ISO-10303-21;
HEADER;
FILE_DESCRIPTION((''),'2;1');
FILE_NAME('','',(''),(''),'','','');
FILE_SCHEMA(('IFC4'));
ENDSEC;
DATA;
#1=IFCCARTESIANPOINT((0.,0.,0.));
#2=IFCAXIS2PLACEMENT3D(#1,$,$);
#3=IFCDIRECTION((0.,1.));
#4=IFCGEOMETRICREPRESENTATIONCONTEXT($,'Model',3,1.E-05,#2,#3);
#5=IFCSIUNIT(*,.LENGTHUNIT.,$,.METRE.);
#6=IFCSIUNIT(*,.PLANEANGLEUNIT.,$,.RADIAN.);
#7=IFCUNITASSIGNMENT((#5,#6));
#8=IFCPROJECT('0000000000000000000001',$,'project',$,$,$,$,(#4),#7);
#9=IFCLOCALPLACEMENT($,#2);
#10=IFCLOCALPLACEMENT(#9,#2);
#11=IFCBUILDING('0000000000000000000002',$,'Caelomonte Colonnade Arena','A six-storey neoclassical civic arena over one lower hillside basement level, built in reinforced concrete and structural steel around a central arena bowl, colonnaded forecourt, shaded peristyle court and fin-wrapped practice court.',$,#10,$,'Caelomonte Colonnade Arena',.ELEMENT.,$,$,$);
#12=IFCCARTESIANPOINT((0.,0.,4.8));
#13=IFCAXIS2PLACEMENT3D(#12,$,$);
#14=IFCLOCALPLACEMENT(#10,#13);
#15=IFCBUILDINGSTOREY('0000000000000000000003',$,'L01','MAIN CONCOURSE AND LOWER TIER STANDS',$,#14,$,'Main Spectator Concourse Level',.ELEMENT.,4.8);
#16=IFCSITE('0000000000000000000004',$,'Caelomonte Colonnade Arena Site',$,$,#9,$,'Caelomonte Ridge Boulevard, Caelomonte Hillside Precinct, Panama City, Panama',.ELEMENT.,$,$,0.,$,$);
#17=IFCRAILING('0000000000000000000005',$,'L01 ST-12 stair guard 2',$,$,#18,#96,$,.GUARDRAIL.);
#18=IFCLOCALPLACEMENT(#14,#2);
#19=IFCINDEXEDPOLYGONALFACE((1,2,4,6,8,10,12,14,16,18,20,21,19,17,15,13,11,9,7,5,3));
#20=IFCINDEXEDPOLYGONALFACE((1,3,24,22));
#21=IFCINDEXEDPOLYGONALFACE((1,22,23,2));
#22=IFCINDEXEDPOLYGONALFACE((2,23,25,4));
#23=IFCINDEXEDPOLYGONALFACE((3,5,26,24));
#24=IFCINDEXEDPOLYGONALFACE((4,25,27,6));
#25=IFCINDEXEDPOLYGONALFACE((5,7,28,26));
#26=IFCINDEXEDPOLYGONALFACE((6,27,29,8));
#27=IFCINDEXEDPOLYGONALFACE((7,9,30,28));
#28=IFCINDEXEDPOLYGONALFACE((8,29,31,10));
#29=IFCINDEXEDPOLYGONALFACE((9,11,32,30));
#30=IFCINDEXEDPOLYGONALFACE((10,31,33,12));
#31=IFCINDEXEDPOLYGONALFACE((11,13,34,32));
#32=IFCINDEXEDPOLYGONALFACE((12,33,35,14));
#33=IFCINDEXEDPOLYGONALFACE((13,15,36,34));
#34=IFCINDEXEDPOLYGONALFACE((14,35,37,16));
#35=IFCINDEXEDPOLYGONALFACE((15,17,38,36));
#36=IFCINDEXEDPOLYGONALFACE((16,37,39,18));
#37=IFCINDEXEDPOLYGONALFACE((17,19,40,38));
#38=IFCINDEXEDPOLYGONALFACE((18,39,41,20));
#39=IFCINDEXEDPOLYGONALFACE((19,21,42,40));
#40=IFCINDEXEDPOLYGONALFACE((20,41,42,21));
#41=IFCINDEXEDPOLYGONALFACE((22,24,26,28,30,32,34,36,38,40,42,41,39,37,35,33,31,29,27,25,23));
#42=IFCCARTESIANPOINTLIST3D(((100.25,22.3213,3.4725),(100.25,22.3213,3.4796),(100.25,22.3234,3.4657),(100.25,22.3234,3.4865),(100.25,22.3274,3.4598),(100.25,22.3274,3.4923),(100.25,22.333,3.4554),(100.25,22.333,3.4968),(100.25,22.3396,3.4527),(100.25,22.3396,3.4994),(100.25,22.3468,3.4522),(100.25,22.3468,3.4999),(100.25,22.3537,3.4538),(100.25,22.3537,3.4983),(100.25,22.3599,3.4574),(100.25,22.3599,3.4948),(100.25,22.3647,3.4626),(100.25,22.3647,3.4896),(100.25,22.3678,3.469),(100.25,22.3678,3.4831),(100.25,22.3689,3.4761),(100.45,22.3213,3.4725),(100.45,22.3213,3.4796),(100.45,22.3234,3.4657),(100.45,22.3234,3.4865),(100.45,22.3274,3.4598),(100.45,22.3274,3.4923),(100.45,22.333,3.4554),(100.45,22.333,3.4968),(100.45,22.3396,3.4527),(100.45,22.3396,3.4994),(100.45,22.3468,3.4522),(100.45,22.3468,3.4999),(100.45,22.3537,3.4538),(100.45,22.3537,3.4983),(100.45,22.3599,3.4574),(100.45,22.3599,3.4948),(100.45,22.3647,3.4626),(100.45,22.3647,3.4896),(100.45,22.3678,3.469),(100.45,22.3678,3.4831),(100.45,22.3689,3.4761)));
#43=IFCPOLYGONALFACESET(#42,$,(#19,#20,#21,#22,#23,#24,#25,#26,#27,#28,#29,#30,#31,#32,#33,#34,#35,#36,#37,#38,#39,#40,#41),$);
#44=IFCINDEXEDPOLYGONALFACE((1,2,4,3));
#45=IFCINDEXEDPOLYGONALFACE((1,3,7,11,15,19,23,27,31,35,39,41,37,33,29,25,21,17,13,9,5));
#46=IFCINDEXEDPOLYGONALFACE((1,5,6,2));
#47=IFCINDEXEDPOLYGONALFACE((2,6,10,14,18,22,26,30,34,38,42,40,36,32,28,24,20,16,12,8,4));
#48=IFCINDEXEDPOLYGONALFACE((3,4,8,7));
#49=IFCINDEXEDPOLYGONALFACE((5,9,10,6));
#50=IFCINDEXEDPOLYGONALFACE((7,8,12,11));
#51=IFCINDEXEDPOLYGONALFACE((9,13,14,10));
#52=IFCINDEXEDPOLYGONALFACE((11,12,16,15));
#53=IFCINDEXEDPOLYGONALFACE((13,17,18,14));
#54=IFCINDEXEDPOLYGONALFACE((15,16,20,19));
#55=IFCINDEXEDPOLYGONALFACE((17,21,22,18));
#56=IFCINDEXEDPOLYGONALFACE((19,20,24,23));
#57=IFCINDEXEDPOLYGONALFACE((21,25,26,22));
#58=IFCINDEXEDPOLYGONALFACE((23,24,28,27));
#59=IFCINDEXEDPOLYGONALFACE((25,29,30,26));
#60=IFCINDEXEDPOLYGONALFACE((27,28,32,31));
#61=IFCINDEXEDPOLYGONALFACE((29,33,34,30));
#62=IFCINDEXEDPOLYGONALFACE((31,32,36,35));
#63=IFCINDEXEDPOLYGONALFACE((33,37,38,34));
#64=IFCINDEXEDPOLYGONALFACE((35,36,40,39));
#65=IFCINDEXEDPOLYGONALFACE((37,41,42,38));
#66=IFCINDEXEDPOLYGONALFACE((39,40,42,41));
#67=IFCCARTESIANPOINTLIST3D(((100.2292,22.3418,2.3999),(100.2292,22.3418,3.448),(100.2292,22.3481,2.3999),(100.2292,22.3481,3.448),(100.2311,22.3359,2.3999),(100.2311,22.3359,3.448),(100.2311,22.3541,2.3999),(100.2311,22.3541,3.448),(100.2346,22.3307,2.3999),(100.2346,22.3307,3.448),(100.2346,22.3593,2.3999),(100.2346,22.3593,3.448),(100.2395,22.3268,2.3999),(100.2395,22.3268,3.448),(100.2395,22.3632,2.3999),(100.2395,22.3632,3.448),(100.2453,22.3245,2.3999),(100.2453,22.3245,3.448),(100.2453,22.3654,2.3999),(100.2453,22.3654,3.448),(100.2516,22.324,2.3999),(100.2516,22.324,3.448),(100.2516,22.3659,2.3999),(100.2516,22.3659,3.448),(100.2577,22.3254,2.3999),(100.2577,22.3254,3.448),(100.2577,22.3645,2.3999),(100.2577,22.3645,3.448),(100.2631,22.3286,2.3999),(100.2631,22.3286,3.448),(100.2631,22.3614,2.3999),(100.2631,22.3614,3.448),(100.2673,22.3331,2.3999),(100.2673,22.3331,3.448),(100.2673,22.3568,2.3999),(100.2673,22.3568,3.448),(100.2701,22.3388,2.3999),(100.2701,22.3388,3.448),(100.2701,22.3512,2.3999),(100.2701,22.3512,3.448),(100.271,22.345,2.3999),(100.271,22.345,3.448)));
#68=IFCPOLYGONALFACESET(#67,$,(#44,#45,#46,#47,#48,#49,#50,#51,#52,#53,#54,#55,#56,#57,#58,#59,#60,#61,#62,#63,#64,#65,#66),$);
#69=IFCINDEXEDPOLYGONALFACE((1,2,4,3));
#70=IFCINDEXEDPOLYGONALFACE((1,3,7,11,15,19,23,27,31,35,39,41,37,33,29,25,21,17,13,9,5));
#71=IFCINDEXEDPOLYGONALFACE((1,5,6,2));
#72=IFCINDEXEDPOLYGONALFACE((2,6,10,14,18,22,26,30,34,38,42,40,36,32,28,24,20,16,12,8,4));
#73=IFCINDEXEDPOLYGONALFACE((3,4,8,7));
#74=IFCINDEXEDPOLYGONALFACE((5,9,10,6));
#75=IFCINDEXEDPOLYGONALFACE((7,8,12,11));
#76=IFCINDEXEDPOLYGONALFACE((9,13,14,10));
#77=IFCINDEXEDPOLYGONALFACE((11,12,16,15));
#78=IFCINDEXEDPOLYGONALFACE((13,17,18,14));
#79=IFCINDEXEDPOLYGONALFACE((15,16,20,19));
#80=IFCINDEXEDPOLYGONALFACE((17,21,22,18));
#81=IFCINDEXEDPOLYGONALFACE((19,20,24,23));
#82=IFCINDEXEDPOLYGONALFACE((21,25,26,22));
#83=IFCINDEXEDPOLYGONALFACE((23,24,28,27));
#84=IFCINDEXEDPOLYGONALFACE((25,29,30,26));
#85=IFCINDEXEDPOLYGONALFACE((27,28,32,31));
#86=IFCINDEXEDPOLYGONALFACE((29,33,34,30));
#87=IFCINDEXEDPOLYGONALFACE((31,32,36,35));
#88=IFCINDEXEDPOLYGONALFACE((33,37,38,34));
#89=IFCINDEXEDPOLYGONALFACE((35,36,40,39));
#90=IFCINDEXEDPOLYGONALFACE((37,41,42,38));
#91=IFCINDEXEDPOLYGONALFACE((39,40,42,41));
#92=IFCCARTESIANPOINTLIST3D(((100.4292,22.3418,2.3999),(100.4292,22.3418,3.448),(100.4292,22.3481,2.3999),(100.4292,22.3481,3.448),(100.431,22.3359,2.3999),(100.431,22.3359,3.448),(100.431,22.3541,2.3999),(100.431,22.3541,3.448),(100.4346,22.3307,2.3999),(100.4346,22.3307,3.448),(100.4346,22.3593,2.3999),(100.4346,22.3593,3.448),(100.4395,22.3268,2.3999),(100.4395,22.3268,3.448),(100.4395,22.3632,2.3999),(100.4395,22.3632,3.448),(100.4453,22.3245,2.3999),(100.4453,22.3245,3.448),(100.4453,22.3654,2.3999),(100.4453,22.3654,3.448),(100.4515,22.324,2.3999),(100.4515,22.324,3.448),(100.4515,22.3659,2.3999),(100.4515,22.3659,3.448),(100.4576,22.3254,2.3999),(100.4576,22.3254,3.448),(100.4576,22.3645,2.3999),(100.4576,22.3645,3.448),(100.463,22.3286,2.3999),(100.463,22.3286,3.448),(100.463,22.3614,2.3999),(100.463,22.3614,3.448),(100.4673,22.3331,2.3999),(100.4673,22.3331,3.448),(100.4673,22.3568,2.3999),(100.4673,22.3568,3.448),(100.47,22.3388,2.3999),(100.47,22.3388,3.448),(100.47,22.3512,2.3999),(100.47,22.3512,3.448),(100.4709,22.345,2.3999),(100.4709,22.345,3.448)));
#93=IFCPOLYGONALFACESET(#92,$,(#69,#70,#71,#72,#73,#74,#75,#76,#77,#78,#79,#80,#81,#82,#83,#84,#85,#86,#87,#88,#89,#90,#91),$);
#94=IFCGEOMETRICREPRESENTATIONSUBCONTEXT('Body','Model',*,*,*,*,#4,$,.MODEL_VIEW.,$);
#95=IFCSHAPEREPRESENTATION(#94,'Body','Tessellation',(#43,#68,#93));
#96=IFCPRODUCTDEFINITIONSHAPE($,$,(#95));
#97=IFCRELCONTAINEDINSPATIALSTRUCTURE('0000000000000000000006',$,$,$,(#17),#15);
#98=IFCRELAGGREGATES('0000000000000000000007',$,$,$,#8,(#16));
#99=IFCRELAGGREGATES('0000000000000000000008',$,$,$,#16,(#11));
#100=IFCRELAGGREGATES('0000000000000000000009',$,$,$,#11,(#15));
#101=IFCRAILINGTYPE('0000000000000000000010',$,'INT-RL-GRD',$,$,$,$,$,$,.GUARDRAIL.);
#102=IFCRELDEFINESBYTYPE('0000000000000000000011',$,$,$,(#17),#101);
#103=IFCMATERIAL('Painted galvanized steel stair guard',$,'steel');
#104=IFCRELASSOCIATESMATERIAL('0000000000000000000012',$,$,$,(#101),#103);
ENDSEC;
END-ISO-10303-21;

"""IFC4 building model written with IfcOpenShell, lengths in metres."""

from ifc_helpers import new_model, si_unit, direction, frame, origin, origin_2d, place, context, subcontext, project, spatial, circle, extrude, material, type_object, element, save


model = new_model("IFC4")

# Units and contexts
model_context = context("Model", 3, precision=1e-05, world=origin(), true_north=direction((0.0, 1.0)))
body_context = subcontext(model_context, "Body", "Model", "MODEL_VIEW")
ifc_project = project(units=[si_unit("LENGTHUNIT", "METRE"), si_unit("PLANEANGLEUNIT", "RADIAN")], contexts=[model_context])

# Site, building, storey
site_placement = place(None, origin())
site = spatial("IfcSite", under=ifc_project, at=site_placement, Name="Caelomonte Colonnade Arena Site", LongName="Caelomonte Ridge Boulevard, Caelomonte Hillside Precinct, Panama City, Panama", CompositionType="ELEMENT", RefElevation=0.0)
building_placement = place(site_placement, origin())
building = spatial("IfcBuilding", under=site, at=building_placement, Name="Caelomonte Colonnade Arena", Description="A six-storey neoclassical civic arena over one lower hillside basement level, built in reinforced concrete and structural steel around a central arena bowl, colonnaded forecourt, shaded peristyle court and fin-wrapped practice court.", LongName="Caelomonte Colonnade Arena", CompositionType="ELEMENT")
storey_placement = place(building_placement, frame((0.0, 0.0, 4.8)))
storey = spatial("IfcBuildingStorey", under=building, at=storey_placement, Name="L01", Description="MAIN CONCOURSE AND LOWER TIER STANDS", LongName="Main Spectator Concourse Level", CompositionType="ELEMENT", Elevation=4.8)

# Railing
ifc_material_1 = material(Name="Painted galvanized steel stair guard", Category="steel")
railing_type_1 = type_object("IfcRailingType", Name="INT-RL-GRD", PredefinedType="GUARDRAIL", material=ifc_material_1)
railing_1_placement = place(storey_placement, frame((100.25, 22.345, 2.3999)))
element("IfcRailing", 1, at=railing_1_placement, inside=storey, type_object=railing_type_1, Name="L01 ST-12 stair guard 2", PredefinedType="GUARDRAIL", context=body_context, shape_type="SweptSolid", body=[
    extrude(circle(Radius=0.0239, at=origin_2d()), frame((0.0, 0.0, 1.0762), z_axis=(1.0, 0.0, 0.0), x_axis=(0.0, 1.0, 0.0)), (0.0, 0.0, 1.0), 0.2),
    extrude(circle(Radius=0.021, at=origin_2d()), origin(), (0.0, 0.0, 1.0), 1.0481),
    extrude(circle(Radius=0.021, at=origin_2d()), frame((0.2, 0.0, 0.0)), (0.0, 0.0, 1.0), 1.0481),
])

save(model, "model.ifc")
